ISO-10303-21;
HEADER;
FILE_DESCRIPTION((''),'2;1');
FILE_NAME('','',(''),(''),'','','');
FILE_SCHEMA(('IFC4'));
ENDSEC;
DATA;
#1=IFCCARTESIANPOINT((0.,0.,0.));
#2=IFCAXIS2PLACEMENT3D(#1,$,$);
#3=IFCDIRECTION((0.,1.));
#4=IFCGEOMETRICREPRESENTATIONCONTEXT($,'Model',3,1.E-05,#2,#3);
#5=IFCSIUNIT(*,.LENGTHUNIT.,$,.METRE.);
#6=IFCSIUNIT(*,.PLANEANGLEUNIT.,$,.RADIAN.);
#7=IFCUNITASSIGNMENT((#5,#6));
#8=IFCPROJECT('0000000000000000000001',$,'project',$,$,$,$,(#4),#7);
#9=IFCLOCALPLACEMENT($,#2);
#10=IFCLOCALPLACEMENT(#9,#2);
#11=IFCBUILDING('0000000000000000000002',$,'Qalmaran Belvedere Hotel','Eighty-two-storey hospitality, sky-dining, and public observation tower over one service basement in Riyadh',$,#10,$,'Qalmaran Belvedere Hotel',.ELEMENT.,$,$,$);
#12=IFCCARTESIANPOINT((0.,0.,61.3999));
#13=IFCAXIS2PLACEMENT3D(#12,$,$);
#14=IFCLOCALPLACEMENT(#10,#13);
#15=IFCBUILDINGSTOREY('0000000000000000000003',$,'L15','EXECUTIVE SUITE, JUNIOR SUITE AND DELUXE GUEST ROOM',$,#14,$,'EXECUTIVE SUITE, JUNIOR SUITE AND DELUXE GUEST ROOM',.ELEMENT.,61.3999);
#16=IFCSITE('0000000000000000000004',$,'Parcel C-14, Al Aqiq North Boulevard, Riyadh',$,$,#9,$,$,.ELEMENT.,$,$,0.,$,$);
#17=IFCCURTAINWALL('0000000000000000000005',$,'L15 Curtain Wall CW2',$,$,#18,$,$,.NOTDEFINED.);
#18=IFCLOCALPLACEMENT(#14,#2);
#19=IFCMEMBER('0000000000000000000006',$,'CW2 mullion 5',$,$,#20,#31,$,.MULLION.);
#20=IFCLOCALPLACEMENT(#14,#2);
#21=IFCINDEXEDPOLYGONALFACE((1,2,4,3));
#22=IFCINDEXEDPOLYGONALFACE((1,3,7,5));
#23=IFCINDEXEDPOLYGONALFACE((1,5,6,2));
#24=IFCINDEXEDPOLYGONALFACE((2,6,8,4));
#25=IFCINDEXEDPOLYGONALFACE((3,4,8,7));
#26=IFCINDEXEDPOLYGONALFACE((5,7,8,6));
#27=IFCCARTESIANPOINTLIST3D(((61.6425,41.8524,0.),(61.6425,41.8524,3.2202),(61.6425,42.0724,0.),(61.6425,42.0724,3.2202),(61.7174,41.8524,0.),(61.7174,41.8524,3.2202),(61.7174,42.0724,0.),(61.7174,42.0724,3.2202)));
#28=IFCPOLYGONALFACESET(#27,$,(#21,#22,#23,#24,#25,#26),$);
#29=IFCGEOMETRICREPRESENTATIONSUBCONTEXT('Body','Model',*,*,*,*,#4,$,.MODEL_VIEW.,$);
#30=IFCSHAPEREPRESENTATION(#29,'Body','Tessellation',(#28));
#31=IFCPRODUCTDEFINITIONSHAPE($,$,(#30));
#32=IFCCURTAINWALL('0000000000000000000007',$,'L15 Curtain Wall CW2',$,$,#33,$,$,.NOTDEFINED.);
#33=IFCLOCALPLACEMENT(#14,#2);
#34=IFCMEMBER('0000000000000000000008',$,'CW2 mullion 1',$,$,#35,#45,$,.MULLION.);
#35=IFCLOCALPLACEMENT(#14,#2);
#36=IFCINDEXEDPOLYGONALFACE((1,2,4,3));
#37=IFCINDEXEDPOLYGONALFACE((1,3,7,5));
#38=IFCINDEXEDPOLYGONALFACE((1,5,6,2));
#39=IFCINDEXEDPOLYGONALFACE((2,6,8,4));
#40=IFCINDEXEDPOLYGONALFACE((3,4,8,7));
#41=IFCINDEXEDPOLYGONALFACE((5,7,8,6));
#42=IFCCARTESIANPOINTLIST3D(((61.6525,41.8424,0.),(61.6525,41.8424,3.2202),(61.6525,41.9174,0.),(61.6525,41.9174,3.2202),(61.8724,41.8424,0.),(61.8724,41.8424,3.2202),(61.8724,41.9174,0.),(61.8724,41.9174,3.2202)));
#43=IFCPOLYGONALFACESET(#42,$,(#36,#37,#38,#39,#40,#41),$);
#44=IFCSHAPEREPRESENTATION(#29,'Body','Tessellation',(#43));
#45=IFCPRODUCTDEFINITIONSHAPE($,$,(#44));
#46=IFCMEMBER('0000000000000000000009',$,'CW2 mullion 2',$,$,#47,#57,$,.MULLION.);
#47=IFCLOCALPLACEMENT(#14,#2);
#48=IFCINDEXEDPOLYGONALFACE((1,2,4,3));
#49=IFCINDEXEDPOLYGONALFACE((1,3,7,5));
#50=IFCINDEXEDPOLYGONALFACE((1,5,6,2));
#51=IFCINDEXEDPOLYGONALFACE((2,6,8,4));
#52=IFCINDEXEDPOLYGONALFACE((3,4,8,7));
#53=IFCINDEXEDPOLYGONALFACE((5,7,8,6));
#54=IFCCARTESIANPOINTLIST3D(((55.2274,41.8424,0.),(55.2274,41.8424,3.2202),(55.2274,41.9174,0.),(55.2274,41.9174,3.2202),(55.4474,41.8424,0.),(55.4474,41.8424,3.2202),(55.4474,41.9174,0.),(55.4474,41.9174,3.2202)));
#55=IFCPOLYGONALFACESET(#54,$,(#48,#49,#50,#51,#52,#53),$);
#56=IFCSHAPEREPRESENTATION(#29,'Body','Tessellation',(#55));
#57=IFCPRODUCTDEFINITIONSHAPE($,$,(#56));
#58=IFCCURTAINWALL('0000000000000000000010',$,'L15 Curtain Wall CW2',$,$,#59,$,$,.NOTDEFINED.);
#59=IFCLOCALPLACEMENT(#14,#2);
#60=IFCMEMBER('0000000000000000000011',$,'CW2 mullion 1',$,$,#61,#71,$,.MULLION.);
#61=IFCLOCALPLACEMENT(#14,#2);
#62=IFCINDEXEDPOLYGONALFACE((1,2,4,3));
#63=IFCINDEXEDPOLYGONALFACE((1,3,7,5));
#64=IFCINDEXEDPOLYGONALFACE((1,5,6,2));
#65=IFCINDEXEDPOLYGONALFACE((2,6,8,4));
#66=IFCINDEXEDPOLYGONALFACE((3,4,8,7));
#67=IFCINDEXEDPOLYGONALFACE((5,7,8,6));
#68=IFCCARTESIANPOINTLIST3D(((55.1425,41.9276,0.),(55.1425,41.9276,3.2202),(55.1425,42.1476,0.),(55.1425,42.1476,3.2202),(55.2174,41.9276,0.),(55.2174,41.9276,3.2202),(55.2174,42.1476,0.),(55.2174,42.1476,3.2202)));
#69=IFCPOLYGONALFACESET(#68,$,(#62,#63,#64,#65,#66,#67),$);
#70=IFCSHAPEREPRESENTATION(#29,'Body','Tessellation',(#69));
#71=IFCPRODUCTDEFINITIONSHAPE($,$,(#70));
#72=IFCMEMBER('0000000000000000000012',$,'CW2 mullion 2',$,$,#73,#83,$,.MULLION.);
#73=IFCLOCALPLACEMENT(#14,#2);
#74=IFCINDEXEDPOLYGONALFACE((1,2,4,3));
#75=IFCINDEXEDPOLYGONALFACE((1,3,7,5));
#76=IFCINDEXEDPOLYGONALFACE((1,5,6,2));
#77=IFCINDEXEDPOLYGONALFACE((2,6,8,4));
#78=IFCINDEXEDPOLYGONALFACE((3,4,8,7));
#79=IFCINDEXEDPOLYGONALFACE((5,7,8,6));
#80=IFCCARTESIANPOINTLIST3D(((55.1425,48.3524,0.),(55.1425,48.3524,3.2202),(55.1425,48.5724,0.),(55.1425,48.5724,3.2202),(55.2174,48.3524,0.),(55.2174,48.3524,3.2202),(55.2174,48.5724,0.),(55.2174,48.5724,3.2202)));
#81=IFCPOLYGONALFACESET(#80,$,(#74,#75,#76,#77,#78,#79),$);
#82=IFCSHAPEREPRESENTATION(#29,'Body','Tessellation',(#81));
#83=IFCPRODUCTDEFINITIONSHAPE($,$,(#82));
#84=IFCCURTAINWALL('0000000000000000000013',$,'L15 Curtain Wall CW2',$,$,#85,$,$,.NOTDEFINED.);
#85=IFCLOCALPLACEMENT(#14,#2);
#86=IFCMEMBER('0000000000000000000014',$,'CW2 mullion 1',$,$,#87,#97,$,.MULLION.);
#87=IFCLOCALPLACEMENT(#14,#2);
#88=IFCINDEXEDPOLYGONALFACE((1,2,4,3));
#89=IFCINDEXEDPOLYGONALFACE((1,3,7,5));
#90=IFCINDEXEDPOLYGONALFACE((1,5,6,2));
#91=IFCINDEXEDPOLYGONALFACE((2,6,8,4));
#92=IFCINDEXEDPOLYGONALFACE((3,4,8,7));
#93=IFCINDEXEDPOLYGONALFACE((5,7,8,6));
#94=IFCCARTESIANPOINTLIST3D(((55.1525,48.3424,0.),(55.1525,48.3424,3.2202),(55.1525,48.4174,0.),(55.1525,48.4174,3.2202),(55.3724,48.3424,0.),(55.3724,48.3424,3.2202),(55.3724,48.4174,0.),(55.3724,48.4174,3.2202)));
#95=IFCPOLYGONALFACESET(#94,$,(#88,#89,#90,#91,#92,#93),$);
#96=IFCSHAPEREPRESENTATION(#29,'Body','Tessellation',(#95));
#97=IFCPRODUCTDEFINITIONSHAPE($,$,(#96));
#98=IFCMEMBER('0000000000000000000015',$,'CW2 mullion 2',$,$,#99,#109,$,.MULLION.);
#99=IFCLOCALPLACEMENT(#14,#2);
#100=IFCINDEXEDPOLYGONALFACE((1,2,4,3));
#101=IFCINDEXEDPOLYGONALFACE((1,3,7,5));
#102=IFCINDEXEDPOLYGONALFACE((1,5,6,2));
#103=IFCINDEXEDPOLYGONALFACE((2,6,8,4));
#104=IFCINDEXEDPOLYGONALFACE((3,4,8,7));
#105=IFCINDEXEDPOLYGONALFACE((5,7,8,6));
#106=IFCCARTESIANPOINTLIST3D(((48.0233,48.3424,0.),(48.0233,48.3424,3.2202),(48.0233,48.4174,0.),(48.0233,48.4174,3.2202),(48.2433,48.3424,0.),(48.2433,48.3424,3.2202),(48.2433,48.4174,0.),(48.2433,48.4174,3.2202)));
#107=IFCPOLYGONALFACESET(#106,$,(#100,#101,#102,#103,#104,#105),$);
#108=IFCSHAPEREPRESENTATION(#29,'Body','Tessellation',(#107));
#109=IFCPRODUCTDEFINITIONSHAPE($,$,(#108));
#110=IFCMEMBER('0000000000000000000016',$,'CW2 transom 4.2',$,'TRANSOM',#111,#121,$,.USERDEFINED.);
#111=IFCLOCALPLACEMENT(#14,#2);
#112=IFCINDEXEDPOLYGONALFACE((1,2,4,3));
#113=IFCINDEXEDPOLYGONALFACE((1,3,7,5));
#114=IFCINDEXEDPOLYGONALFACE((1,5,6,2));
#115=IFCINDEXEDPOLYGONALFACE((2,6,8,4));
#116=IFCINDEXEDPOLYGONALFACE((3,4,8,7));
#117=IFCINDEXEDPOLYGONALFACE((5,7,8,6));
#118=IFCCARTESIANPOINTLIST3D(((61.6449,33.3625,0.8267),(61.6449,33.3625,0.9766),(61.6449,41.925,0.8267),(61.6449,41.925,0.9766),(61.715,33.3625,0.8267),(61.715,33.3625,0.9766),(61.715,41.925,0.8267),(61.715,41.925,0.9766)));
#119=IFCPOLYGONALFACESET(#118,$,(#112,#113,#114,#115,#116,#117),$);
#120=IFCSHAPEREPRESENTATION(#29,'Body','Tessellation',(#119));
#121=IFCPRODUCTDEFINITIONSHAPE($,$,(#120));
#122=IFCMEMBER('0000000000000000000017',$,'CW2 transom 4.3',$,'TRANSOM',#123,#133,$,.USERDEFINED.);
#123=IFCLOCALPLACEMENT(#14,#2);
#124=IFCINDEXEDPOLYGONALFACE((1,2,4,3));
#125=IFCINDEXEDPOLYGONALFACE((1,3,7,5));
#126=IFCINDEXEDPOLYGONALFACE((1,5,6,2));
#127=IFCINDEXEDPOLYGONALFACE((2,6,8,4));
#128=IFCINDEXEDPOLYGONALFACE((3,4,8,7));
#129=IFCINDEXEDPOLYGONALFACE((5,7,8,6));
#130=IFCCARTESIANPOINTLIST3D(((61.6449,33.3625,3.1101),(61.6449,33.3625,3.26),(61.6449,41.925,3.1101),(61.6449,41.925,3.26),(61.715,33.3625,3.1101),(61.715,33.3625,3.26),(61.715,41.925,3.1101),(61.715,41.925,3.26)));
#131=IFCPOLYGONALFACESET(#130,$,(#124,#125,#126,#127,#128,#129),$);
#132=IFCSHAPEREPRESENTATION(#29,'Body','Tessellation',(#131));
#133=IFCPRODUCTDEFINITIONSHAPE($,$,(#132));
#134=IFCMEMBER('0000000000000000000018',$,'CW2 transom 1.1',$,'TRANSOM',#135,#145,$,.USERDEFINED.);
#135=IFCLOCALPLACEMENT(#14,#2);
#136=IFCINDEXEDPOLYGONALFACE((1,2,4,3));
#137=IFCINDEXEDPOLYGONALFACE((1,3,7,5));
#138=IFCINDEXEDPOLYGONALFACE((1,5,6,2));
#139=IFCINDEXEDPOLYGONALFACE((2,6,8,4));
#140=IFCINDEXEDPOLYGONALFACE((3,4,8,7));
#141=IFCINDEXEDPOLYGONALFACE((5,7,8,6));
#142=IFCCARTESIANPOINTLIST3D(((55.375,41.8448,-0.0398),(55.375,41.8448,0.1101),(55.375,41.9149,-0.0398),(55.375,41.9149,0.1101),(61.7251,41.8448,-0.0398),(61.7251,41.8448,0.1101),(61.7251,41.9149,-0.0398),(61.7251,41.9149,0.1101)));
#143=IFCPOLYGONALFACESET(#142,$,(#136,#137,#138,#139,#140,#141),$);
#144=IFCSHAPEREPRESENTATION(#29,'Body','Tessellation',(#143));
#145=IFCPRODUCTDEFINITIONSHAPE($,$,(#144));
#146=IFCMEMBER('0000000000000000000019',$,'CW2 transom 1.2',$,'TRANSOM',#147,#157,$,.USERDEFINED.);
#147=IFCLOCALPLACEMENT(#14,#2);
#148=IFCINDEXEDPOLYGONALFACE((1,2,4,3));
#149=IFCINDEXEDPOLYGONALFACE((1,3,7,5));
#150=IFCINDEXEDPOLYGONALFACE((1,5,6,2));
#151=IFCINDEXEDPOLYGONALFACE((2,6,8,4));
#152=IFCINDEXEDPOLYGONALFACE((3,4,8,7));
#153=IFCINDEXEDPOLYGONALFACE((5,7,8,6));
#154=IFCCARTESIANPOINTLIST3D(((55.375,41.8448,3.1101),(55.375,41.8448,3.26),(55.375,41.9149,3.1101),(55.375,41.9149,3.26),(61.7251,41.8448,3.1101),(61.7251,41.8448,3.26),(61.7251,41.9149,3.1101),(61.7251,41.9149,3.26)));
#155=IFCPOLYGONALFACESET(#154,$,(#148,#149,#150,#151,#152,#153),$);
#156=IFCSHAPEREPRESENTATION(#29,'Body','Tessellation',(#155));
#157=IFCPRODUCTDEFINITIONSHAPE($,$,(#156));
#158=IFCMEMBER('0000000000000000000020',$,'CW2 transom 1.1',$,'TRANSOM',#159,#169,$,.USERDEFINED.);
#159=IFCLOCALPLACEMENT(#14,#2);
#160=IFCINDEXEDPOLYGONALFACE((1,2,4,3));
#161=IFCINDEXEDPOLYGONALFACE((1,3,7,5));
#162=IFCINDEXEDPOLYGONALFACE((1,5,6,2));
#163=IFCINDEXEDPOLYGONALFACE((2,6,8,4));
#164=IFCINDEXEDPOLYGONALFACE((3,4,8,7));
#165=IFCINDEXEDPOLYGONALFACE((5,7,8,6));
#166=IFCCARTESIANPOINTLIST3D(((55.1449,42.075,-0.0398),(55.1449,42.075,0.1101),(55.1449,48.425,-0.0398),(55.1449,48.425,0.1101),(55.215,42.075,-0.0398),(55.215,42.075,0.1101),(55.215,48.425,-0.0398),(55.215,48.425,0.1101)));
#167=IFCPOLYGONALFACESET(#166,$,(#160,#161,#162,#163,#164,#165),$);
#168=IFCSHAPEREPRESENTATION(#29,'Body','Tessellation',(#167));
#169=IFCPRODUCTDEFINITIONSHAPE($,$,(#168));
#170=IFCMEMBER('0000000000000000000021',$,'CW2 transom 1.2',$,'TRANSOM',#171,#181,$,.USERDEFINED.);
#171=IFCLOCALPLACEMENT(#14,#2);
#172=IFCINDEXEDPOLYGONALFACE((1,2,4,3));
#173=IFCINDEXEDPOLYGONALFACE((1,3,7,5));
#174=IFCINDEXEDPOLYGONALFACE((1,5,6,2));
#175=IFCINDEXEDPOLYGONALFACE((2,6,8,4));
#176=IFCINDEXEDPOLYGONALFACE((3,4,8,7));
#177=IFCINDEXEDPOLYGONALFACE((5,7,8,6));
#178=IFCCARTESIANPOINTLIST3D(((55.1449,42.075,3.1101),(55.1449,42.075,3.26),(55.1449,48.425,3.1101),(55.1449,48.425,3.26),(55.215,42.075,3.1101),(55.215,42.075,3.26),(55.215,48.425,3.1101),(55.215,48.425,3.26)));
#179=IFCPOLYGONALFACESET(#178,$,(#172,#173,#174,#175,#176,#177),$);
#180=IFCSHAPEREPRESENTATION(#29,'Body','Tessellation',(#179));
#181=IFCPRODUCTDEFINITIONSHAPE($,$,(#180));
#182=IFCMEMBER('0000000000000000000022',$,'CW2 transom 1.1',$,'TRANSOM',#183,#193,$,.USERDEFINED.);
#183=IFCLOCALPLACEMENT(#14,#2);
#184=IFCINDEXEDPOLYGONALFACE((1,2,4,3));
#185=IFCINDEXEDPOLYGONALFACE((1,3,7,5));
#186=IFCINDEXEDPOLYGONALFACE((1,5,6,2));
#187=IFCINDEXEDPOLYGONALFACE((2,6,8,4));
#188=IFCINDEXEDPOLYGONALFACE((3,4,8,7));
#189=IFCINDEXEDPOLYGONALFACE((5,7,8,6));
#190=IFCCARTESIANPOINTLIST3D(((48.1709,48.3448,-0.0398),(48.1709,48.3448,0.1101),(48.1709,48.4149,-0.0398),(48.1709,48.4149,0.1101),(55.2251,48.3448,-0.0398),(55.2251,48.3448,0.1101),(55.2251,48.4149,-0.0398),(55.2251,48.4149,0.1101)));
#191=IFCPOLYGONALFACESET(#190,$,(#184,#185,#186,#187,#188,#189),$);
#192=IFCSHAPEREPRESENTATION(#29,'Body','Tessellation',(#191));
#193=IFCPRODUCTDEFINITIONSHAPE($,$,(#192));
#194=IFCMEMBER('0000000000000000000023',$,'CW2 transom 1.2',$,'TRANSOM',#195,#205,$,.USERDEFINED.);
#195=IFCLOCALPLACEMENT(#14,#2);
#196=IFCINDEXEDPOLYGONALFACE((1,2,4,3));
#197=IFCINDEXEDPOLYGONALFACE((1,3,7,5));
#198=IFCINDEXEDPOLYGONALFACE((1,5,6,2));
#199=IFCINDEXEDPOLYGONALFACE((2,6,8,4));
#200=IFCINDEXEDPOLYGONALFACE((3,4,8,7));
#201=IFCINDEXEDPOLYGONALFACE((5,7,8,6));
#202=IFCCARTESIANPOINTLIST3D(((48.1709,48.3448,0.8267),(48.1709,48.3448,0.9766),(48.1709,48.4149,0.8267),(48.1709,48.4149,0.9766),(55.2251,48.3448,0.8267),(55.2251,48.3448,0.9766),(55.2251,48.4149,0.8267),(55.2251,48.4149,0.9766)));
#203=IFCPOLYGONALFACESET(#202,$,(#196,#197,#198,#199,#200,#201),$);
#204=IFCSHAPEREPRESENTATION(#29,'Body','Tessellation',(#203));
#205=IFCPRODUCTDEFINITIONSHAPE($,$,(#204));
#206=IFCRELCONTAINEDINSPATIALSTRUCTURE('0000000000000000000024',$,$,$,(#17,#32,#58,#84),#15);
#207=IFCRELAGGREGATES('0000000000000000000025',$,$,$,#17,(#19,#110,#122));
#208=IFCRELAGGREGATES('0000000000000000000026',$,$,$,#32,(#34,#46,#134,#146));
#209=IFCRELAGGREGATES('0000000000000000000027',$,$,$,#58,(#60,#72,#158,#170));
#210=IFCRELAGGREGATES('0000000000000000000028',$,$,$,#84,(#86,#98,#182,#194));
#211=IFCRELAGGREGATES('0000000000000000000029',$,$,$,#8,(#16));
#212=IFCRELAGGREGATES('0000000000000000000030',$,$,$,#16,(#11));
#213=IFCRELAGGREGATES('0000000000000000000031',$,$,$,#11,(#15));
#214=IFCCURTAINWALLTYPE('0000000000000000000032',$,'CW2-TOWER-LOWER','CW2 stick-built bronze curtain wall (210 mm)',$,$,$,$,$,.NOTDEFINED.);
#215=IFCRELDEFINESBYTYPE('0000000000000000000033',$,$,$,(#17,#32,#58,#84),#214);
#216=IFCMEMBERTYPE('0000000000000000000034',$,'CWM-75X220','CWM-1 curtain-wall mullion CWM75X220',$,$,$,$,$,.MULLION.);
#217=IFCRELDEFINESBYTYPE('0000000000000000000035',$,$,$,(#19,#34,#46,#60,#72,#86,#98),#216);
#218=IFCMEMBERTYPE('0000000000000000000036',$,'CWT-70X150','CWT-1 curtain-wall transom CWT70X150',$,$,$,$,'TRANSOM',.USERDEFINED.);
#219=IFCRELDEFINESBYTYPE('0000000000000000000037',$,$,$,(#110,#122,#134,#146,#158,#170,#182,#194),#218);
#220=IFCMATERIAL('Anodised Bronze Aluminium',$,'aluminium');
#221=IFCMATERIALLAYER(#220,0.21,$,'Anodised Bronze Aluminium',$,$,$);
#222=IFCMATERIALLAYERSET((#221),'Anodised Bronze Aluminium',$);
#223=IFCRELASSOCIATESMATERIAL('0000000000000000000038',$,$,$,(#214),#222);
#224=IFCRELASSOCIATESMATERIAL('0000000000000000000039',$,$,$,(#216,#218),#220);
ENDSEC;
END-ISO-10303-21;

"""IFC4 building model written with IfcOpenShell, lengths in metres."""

from ifc_helpers import new_model, si_unit, direction, frame, origin, origin_2d, place, context, subcontext, project, spatial, rectangle, extrude, material, layer, layer_set, material_profile, profile_set, type_object, element, aggregate, save


model = new_model("IFC4")

# Units and contexts
model_context = context("Model", 3, precision=1e-05, world=origin(), true_north=direction((0.0, 1.0)))
body_context = subcontext(model_context, "Body", "Model", "MODEL_VIEW")
ifc_project = project(units=[si_unit("LENGTHUNIT", "METRE"), si_unit("PLANEANGLEUNIT", "RADIAN")], contexts=[model_context])

# Site, building, storey
site_placement = place(None, origin())
site = spatial("IfcSite", under=ifc_project, at=site_placement, Name="Parcel C-14, Al Aqiq North Boulevard, Riyadh", CompositionType="ELEMENT", RefElevation=0.0)
building_placement = place(site_placement, origin())
building = spatial("IfcBuilding", under=site, at=building_placement, Name="Qalmaran Belvedere Hotel", Description="Eighty-two-storey hospitality, sky-dining, and public observation tower over one service basement in Riyadh", LongName="Qalmaran Belvedere Hotel", CompositionType="ELEMENT")
storey_placement = place(building_placement, frame((0.0, 0.0, 61.3999)))
storey = spatial("IfcBuildingStorey", under=building, at=storey_placement, Name="L15", Description="EXECUTIVE SUITE, JUNIOR SUITE AND DELUXE GUEST ROOM", LongName="EXECUTIVE SUITE, JUNIOR SUITE AND DELUXE GUEST ROOM", CompositionType="ELEMENT", Elevation=61.3999)

# Curtain wall, member
ifc_material_1 = material(Name="Anodised Bronze Aluminium", Category="aluminium")
ifc_layer_1 = layer(ifc_material_1, 0.21, Name="Anodised Bronze Aluminium")
ifc_layer_set_1 = layer_set([ifc_layer_1], Name="Anodised Bronze Aluminium")
curtain_wall_type = type_object("IfcCurtainWallType", Name="CW2-TOWER-LOWER", Description="CW2 stick-built bronze curtain wall (210 mm)", PredefinedType="NOTDEFINED", material=ifc_layer_set_1)
curtain_wall_1_placement = place(storey_placement, origin())
curtain_wall_1 = element("IfcCurtainWall", 1, at=curtain_wall_1_placement, inside=storey, type_object=curtain_wall_type, Name="L15 Curtain Wall CW2", PredefinedType="NOTDEFINED")
ifc_material_profile_1 = material_profile(ifc_material_1, rectangle(XDim=0.075, YDim=0.22, at=origin_2d()), Name="CWM75X220")
ifc_profile_set_1 = profile_set([ifc_material_profile_1], Name="Anodised Bronze Aluminium")
member_type_1 = type_object("IfcMemberType", Name="CWM-75X220", Description="CWM-1 curtain-wall mullion CWM75X220", PredefinedType="MULLION", material=ifc_profile_set_1)
member_1_placement = place(storey_placement, frame((61.6799, 41.9624, 0.0), z_axis=(0.0, 0.0, 1.0), x_axis=(-1.0, 0.0, 0.0)))
member_1 = element("IfcMember", 2, at=member_1_placement, type_object=member_type_1, Name="CW2 mullion 5", PredefinedType="MULLION", context=body_context, shape_type="SweptSolid", body=[
    extrude(rectangle(XDim=0.075, YDim=0.22, at=origin_2d()), origin(), (0.0, 0.0, 1.0), 3.2202),
])

# Curtain walls, members
curtain_wall_2_placement = place(storey_placement, origin())
curtain_wall_2 = element("IfcCurtainWall", 3, at=curtain_wall_2_placement, inside=storey, type_object=curtain_wall_type, Name="L15 Curtain Wall CW2", PredefinedType="NOTDEFINED")
member_2_placement = place(storey_placement, frame((61.7625, 41.8799, 0.0), z_axis=(0.0, 0.0, 1.0), x_axis=(0.0, -1.0, 0.0)))
member_2 = element("IfcMember", 4, at=member_2_placement, type_object=member_type_1, Name="CW2 mullion 1", PredefinedType="MULLION", context=body_context, shape_type="SweptSolid", body=[
    extrude(rectangle(XDim=0.075, YDim=0.22, at=origin_2d()), origin(), (0.0, 0.0, 1.0), 3.2202),
])
member_3_placement = place(storey_placement, frame((55.3374, 41.8799, 0.0), z_axis=(0.0, 0.0, 1.0), x_axis=(0.0, -1.0, 0.0)))
member_3 = element("IfcMember", 5, at=member_3_placement, type_object=member_type_1, Name="CW2 mullion 2", PredefinedType="MULLION", context=body_context, shape_type="SweptSolid", body=[
    extrude(rectangle(XDim=0.075, YDim=0.22, at=origin_2d()), origin(), (0.0, 0.0, 1.0), 3.2202),
])
curtain_wall_3_placement = place(storey_placement, origin())
curtain_wall_3 = element("IfcCurtainWall", 6, at=curtain_wall_3_placement, inside=storey, type_object=curtain_wall_type, Name="L15 Curtain Wall CW2", PredefinedType="NOTDEFINED")
member_4_placement = place(storey_placement, frame((55.1799, 42.0376, 0.0), z_axis=(0.0, 0.0, 1.0), x_axis=(-1.0, 0.0, 0.0)))
member_4 = element("IfcMember", 7, at=member_4_placement, type_object=member_type_1, Name="CW2 mullion 1", PredefinedType="MULLION", context=body_context, shape_type="SweptSolid", body=[
    extrude(rectangle(XDim=0.075, YDim=0.22, at=origin_2d()), origin(), (0.0, 0.0, 1.0), 3.2202),
])
member_5_placement = place(storey_placement, frame((55.1799, 48.4624, 0.0), z_axis=(0.0, 0.0, 1.0), x_axis=(-1.0, 0.0, 0.0)))
member_5 = element("IfcMember", 8, at=member_5_placement, type_object=member_type_1, Name="CW2 mullion 2", PredefinedType="MULLION", context=body_context, shape_type="SweptSolid", body=[
    extrude(rectangle(XDim=0.075, YDim=0.22, at=origin_2d()), origin(), (0.0, 0.0, 1.0), 3.2202),
])
curtain_wall_4_placement = place(storey_placement, origin())
curtain_wall_4 = element("IfcCurtainWall", 9, at=curtain_wall_4_placement, inside=storey, type_object=curtain_wall_type, Name="L15 Curtain Wall CW2", PredefinedType="NOTDEFINED")
member_6_placement = place(storey_placement, frame((55.2625, 48.3799, 0.0), z_axis=(0.0, 0.0, 1.0), x_axis=(0.0, -1.0, 0.0)))
member_6 = element("IfcMember", 10, at=member_6_placement, type_object=member_type_1, Name="CW2 mullion 1", PredefinedType="MULLION", context=body_context, shape_type="SweptSolid", body=[
    extrude(rectangle(XDim=0.075, YDim=0.22, at=origin_2d()), origin(), (0.0, 0.0, 1.0), 3.2202),
])
member_7_placement = place(storey_placement, frame((48.1333, 48.3799, 0.0), z_axis=(0.0, 0.0, 1.0), x_axis=(0.0, -1.0, 0.0)))
member_7 = element("IfcMember", 11, at=member_7_placement, type_object=member_type_1, Name="CW2 mullion 2", PredefinedType="MULLION", context=body_context, shape_type="SweptSolid", body=[
    extrude(rectangle(XDim=0.075, YDim=0.22, at=origin_2d()), origin(), (0.0, 0.0, 1.0), 3.2202),
])

# Members
ifc_material_profile_2 = material_profile(ifc_material_1, rectangle(XDim=0.0701, YDim=0.1499, at=origin_2d()), Name="CWT70X150")
ifc_profile_set_2 = profile_set([ifc_material_profile_2], Name="Anodised Bronze Aluminium")
member_type_2 = type_object("IfcMemberType", Name="CWT-70X150", Description="CWT-1 curtain-wall transom CWT70X150", ElementType="TRANSOM", PredefinedType="USERDEFINED", material=ifc_profile_set_2)
member_8_placement = place(storey_placement, frame((61.6799, 33.3625, 0.9016), z_axis=(0.0, 1.0, 0.0), x_axis=(-1.0, 0.0, 0.0)))
member_8 = element("IfcMember", 12, at=member_8_placement, type_object=member_type_2, Name="CW2 transom 4.2", ObjectType="TRANSOM", PredefinedType="USERDEFINED", context=body_context, shape_type="SweptSolid", body=[
    extrude(rectangle(XDim=0.0701, YDim=0.1499, at=origin_2d()), origin(), (0.0, 0.0, 1.0), 8.5625),
])
member_9_placement = place(storey_placement, frame((61.6799, 33.3625, 3.1851), z_axis=(0.0, 1.0, 0.0), x_axis=(-1.0, 0.0, 0.0)))
member_9 = element("IfcMember", 13, at=member_9_placement, type_object=member_type_2, Name="CW2 transom 4.3", ObjectType="TRANSOM", PredefinedType="USERDEFINED", context=body_context, shape_type="SweptSolid", body=[
    extrude(rectangle(XDim=0.0701, YDim=0.1499, at=origin_2d()), origin(), (0.0, 0.0, 1.0), 8.5625),
])
member_10_placement = place(storey_placement, frame((61.7251, 41.8799, 0.0352), z_axis=(-1.0, 0.0, 0.0), x_axis=(0.0, -1.0, 0.0)))
member_10 = element("IfcMember", 14, at=member_10_placement, type_object=member_type_2, Name="CW2 transom 1.1", ObjectType="TRANSOM", PredefinedType="USERDEFINED", context=body_context, shape_type="SweptSolid", body=[
    extrude(rectangle(XDim=0.0701, YDim=0.1499, at=origin_2d()), origin(), (0.0, 0.0, 1.0), 6.3501),
])
member_11_placement = place(storey_placement, frame((61.7251, 41.8799, 3.1851), z_axis=(-1.0, 0.0, 0.0), x_axis=(0.0, -1.0, 0.0)))
member_11 = element("IfcMember", 15, at=member_11_placement, type_object=member_type_2, Name="CW2 transom 1.2", ObjectType="TRANSOM", PredefinedType="USERDEFINED", context=body_context, shape_type="SweptSolid", body=[
    extrude(rectangle(XDim=0.0701, YDim=0.1499, at=origin_2d()), origin(), (0.0, 0.0, 1.0), 6.3501),
])
member_12_placement = place(storey_placement, frame((55.1799, 42.075, 0.0352), z_axis=(0.0, 1.0, 0.0), x_axis=(-1.0, 0.0, 0.0)))
member_12 = element("IfcMember", 16, at=member_12_placement, type_object=member_type_2, Name="CW2 transom 1.1", ObjectType="TRANSOM", PredefinedType="USERDEFINED", context=body_context, shape_type="SweptSolid", body=[
    extrude(rectangle(XDim=0.0701, YDim=0.1499, at=origin_2d()), origin(), (0.0, 0.0, 1.0), 6.3501),
])
member_13_placement = place(storey_placement, frame((55.1799, 42.075, 3.1851), z_axis=(0.0, 1.0, 0.0), x_axis=(-1.0, 0.0, 0.0)))
member_13 = element("IfcMember", 17, at=member_13_placement, type_object=member_type_2, Name="CW2 transom 1.2", ObjectType="TRANSOM", PredefinedType="USERDEFINED", context=body_context, shape_type="SweptSolid", body=[
    extrude(rectangle(XDim=0.0701, YDim=0.1499, at=origin_2d()), origin(), (0.0, 0.0, 1.0), 6.3501),
])
member_14_placement = place(storey_placement, frame((55.2251, 48.3799, 0.0352), z_axis=(-1.0, 0.0, 0.0), x_axis=(0.0, -1.0, 0.0)))
member_14 = element("IfcMember", 18, at=member_14_placement, type_object=member_type_2, Name="CW2 transom 1.1", ObjectType="TRANSOM", PredefinedType="USERDEFINED", context=body_context, shape_type="SweptSolid", body=[
    extrude(rectangle(XDim=0.0701, YDim=0.1499, at=origin_2d()), origin(), (0.0, 0.0, 1.0), 7.0542),
])
member_15_placement = place(storey_placement, frame((55.2251, 48.3799, 0.9016), z_axis=(-1.0, 0.0, 0.0), x_axis=(0.0, -1.0, 0.0)))
member_15 = element("IfcMember", 19, at=member_15_placement, type_object=member_type_2, Name="CW2 transom 1.2", ObjectType="TRANSOM", PredefinedType="USERDEFINED", context=body_context, shape_type="SweptSolid", body=[
    extrude(rectangle(XDim=0.0701, YDim=0.1499, at=origin_2d()), origin(), (0.0, 0.0, 1.0), 7.0542),
])

aggregate(curtain_wall_1, [member_1, member_8, member_9])
aggregate(curtain_wall_2, [member_2, member_3, member_10, member_11])
aggregate(curtain_wall_3, [member_4, member_5, member_12, member_13])
aggregate(curtain_wall_4, [member_6, member_7, member_14, member_15])

save(model, "model.ifc")
